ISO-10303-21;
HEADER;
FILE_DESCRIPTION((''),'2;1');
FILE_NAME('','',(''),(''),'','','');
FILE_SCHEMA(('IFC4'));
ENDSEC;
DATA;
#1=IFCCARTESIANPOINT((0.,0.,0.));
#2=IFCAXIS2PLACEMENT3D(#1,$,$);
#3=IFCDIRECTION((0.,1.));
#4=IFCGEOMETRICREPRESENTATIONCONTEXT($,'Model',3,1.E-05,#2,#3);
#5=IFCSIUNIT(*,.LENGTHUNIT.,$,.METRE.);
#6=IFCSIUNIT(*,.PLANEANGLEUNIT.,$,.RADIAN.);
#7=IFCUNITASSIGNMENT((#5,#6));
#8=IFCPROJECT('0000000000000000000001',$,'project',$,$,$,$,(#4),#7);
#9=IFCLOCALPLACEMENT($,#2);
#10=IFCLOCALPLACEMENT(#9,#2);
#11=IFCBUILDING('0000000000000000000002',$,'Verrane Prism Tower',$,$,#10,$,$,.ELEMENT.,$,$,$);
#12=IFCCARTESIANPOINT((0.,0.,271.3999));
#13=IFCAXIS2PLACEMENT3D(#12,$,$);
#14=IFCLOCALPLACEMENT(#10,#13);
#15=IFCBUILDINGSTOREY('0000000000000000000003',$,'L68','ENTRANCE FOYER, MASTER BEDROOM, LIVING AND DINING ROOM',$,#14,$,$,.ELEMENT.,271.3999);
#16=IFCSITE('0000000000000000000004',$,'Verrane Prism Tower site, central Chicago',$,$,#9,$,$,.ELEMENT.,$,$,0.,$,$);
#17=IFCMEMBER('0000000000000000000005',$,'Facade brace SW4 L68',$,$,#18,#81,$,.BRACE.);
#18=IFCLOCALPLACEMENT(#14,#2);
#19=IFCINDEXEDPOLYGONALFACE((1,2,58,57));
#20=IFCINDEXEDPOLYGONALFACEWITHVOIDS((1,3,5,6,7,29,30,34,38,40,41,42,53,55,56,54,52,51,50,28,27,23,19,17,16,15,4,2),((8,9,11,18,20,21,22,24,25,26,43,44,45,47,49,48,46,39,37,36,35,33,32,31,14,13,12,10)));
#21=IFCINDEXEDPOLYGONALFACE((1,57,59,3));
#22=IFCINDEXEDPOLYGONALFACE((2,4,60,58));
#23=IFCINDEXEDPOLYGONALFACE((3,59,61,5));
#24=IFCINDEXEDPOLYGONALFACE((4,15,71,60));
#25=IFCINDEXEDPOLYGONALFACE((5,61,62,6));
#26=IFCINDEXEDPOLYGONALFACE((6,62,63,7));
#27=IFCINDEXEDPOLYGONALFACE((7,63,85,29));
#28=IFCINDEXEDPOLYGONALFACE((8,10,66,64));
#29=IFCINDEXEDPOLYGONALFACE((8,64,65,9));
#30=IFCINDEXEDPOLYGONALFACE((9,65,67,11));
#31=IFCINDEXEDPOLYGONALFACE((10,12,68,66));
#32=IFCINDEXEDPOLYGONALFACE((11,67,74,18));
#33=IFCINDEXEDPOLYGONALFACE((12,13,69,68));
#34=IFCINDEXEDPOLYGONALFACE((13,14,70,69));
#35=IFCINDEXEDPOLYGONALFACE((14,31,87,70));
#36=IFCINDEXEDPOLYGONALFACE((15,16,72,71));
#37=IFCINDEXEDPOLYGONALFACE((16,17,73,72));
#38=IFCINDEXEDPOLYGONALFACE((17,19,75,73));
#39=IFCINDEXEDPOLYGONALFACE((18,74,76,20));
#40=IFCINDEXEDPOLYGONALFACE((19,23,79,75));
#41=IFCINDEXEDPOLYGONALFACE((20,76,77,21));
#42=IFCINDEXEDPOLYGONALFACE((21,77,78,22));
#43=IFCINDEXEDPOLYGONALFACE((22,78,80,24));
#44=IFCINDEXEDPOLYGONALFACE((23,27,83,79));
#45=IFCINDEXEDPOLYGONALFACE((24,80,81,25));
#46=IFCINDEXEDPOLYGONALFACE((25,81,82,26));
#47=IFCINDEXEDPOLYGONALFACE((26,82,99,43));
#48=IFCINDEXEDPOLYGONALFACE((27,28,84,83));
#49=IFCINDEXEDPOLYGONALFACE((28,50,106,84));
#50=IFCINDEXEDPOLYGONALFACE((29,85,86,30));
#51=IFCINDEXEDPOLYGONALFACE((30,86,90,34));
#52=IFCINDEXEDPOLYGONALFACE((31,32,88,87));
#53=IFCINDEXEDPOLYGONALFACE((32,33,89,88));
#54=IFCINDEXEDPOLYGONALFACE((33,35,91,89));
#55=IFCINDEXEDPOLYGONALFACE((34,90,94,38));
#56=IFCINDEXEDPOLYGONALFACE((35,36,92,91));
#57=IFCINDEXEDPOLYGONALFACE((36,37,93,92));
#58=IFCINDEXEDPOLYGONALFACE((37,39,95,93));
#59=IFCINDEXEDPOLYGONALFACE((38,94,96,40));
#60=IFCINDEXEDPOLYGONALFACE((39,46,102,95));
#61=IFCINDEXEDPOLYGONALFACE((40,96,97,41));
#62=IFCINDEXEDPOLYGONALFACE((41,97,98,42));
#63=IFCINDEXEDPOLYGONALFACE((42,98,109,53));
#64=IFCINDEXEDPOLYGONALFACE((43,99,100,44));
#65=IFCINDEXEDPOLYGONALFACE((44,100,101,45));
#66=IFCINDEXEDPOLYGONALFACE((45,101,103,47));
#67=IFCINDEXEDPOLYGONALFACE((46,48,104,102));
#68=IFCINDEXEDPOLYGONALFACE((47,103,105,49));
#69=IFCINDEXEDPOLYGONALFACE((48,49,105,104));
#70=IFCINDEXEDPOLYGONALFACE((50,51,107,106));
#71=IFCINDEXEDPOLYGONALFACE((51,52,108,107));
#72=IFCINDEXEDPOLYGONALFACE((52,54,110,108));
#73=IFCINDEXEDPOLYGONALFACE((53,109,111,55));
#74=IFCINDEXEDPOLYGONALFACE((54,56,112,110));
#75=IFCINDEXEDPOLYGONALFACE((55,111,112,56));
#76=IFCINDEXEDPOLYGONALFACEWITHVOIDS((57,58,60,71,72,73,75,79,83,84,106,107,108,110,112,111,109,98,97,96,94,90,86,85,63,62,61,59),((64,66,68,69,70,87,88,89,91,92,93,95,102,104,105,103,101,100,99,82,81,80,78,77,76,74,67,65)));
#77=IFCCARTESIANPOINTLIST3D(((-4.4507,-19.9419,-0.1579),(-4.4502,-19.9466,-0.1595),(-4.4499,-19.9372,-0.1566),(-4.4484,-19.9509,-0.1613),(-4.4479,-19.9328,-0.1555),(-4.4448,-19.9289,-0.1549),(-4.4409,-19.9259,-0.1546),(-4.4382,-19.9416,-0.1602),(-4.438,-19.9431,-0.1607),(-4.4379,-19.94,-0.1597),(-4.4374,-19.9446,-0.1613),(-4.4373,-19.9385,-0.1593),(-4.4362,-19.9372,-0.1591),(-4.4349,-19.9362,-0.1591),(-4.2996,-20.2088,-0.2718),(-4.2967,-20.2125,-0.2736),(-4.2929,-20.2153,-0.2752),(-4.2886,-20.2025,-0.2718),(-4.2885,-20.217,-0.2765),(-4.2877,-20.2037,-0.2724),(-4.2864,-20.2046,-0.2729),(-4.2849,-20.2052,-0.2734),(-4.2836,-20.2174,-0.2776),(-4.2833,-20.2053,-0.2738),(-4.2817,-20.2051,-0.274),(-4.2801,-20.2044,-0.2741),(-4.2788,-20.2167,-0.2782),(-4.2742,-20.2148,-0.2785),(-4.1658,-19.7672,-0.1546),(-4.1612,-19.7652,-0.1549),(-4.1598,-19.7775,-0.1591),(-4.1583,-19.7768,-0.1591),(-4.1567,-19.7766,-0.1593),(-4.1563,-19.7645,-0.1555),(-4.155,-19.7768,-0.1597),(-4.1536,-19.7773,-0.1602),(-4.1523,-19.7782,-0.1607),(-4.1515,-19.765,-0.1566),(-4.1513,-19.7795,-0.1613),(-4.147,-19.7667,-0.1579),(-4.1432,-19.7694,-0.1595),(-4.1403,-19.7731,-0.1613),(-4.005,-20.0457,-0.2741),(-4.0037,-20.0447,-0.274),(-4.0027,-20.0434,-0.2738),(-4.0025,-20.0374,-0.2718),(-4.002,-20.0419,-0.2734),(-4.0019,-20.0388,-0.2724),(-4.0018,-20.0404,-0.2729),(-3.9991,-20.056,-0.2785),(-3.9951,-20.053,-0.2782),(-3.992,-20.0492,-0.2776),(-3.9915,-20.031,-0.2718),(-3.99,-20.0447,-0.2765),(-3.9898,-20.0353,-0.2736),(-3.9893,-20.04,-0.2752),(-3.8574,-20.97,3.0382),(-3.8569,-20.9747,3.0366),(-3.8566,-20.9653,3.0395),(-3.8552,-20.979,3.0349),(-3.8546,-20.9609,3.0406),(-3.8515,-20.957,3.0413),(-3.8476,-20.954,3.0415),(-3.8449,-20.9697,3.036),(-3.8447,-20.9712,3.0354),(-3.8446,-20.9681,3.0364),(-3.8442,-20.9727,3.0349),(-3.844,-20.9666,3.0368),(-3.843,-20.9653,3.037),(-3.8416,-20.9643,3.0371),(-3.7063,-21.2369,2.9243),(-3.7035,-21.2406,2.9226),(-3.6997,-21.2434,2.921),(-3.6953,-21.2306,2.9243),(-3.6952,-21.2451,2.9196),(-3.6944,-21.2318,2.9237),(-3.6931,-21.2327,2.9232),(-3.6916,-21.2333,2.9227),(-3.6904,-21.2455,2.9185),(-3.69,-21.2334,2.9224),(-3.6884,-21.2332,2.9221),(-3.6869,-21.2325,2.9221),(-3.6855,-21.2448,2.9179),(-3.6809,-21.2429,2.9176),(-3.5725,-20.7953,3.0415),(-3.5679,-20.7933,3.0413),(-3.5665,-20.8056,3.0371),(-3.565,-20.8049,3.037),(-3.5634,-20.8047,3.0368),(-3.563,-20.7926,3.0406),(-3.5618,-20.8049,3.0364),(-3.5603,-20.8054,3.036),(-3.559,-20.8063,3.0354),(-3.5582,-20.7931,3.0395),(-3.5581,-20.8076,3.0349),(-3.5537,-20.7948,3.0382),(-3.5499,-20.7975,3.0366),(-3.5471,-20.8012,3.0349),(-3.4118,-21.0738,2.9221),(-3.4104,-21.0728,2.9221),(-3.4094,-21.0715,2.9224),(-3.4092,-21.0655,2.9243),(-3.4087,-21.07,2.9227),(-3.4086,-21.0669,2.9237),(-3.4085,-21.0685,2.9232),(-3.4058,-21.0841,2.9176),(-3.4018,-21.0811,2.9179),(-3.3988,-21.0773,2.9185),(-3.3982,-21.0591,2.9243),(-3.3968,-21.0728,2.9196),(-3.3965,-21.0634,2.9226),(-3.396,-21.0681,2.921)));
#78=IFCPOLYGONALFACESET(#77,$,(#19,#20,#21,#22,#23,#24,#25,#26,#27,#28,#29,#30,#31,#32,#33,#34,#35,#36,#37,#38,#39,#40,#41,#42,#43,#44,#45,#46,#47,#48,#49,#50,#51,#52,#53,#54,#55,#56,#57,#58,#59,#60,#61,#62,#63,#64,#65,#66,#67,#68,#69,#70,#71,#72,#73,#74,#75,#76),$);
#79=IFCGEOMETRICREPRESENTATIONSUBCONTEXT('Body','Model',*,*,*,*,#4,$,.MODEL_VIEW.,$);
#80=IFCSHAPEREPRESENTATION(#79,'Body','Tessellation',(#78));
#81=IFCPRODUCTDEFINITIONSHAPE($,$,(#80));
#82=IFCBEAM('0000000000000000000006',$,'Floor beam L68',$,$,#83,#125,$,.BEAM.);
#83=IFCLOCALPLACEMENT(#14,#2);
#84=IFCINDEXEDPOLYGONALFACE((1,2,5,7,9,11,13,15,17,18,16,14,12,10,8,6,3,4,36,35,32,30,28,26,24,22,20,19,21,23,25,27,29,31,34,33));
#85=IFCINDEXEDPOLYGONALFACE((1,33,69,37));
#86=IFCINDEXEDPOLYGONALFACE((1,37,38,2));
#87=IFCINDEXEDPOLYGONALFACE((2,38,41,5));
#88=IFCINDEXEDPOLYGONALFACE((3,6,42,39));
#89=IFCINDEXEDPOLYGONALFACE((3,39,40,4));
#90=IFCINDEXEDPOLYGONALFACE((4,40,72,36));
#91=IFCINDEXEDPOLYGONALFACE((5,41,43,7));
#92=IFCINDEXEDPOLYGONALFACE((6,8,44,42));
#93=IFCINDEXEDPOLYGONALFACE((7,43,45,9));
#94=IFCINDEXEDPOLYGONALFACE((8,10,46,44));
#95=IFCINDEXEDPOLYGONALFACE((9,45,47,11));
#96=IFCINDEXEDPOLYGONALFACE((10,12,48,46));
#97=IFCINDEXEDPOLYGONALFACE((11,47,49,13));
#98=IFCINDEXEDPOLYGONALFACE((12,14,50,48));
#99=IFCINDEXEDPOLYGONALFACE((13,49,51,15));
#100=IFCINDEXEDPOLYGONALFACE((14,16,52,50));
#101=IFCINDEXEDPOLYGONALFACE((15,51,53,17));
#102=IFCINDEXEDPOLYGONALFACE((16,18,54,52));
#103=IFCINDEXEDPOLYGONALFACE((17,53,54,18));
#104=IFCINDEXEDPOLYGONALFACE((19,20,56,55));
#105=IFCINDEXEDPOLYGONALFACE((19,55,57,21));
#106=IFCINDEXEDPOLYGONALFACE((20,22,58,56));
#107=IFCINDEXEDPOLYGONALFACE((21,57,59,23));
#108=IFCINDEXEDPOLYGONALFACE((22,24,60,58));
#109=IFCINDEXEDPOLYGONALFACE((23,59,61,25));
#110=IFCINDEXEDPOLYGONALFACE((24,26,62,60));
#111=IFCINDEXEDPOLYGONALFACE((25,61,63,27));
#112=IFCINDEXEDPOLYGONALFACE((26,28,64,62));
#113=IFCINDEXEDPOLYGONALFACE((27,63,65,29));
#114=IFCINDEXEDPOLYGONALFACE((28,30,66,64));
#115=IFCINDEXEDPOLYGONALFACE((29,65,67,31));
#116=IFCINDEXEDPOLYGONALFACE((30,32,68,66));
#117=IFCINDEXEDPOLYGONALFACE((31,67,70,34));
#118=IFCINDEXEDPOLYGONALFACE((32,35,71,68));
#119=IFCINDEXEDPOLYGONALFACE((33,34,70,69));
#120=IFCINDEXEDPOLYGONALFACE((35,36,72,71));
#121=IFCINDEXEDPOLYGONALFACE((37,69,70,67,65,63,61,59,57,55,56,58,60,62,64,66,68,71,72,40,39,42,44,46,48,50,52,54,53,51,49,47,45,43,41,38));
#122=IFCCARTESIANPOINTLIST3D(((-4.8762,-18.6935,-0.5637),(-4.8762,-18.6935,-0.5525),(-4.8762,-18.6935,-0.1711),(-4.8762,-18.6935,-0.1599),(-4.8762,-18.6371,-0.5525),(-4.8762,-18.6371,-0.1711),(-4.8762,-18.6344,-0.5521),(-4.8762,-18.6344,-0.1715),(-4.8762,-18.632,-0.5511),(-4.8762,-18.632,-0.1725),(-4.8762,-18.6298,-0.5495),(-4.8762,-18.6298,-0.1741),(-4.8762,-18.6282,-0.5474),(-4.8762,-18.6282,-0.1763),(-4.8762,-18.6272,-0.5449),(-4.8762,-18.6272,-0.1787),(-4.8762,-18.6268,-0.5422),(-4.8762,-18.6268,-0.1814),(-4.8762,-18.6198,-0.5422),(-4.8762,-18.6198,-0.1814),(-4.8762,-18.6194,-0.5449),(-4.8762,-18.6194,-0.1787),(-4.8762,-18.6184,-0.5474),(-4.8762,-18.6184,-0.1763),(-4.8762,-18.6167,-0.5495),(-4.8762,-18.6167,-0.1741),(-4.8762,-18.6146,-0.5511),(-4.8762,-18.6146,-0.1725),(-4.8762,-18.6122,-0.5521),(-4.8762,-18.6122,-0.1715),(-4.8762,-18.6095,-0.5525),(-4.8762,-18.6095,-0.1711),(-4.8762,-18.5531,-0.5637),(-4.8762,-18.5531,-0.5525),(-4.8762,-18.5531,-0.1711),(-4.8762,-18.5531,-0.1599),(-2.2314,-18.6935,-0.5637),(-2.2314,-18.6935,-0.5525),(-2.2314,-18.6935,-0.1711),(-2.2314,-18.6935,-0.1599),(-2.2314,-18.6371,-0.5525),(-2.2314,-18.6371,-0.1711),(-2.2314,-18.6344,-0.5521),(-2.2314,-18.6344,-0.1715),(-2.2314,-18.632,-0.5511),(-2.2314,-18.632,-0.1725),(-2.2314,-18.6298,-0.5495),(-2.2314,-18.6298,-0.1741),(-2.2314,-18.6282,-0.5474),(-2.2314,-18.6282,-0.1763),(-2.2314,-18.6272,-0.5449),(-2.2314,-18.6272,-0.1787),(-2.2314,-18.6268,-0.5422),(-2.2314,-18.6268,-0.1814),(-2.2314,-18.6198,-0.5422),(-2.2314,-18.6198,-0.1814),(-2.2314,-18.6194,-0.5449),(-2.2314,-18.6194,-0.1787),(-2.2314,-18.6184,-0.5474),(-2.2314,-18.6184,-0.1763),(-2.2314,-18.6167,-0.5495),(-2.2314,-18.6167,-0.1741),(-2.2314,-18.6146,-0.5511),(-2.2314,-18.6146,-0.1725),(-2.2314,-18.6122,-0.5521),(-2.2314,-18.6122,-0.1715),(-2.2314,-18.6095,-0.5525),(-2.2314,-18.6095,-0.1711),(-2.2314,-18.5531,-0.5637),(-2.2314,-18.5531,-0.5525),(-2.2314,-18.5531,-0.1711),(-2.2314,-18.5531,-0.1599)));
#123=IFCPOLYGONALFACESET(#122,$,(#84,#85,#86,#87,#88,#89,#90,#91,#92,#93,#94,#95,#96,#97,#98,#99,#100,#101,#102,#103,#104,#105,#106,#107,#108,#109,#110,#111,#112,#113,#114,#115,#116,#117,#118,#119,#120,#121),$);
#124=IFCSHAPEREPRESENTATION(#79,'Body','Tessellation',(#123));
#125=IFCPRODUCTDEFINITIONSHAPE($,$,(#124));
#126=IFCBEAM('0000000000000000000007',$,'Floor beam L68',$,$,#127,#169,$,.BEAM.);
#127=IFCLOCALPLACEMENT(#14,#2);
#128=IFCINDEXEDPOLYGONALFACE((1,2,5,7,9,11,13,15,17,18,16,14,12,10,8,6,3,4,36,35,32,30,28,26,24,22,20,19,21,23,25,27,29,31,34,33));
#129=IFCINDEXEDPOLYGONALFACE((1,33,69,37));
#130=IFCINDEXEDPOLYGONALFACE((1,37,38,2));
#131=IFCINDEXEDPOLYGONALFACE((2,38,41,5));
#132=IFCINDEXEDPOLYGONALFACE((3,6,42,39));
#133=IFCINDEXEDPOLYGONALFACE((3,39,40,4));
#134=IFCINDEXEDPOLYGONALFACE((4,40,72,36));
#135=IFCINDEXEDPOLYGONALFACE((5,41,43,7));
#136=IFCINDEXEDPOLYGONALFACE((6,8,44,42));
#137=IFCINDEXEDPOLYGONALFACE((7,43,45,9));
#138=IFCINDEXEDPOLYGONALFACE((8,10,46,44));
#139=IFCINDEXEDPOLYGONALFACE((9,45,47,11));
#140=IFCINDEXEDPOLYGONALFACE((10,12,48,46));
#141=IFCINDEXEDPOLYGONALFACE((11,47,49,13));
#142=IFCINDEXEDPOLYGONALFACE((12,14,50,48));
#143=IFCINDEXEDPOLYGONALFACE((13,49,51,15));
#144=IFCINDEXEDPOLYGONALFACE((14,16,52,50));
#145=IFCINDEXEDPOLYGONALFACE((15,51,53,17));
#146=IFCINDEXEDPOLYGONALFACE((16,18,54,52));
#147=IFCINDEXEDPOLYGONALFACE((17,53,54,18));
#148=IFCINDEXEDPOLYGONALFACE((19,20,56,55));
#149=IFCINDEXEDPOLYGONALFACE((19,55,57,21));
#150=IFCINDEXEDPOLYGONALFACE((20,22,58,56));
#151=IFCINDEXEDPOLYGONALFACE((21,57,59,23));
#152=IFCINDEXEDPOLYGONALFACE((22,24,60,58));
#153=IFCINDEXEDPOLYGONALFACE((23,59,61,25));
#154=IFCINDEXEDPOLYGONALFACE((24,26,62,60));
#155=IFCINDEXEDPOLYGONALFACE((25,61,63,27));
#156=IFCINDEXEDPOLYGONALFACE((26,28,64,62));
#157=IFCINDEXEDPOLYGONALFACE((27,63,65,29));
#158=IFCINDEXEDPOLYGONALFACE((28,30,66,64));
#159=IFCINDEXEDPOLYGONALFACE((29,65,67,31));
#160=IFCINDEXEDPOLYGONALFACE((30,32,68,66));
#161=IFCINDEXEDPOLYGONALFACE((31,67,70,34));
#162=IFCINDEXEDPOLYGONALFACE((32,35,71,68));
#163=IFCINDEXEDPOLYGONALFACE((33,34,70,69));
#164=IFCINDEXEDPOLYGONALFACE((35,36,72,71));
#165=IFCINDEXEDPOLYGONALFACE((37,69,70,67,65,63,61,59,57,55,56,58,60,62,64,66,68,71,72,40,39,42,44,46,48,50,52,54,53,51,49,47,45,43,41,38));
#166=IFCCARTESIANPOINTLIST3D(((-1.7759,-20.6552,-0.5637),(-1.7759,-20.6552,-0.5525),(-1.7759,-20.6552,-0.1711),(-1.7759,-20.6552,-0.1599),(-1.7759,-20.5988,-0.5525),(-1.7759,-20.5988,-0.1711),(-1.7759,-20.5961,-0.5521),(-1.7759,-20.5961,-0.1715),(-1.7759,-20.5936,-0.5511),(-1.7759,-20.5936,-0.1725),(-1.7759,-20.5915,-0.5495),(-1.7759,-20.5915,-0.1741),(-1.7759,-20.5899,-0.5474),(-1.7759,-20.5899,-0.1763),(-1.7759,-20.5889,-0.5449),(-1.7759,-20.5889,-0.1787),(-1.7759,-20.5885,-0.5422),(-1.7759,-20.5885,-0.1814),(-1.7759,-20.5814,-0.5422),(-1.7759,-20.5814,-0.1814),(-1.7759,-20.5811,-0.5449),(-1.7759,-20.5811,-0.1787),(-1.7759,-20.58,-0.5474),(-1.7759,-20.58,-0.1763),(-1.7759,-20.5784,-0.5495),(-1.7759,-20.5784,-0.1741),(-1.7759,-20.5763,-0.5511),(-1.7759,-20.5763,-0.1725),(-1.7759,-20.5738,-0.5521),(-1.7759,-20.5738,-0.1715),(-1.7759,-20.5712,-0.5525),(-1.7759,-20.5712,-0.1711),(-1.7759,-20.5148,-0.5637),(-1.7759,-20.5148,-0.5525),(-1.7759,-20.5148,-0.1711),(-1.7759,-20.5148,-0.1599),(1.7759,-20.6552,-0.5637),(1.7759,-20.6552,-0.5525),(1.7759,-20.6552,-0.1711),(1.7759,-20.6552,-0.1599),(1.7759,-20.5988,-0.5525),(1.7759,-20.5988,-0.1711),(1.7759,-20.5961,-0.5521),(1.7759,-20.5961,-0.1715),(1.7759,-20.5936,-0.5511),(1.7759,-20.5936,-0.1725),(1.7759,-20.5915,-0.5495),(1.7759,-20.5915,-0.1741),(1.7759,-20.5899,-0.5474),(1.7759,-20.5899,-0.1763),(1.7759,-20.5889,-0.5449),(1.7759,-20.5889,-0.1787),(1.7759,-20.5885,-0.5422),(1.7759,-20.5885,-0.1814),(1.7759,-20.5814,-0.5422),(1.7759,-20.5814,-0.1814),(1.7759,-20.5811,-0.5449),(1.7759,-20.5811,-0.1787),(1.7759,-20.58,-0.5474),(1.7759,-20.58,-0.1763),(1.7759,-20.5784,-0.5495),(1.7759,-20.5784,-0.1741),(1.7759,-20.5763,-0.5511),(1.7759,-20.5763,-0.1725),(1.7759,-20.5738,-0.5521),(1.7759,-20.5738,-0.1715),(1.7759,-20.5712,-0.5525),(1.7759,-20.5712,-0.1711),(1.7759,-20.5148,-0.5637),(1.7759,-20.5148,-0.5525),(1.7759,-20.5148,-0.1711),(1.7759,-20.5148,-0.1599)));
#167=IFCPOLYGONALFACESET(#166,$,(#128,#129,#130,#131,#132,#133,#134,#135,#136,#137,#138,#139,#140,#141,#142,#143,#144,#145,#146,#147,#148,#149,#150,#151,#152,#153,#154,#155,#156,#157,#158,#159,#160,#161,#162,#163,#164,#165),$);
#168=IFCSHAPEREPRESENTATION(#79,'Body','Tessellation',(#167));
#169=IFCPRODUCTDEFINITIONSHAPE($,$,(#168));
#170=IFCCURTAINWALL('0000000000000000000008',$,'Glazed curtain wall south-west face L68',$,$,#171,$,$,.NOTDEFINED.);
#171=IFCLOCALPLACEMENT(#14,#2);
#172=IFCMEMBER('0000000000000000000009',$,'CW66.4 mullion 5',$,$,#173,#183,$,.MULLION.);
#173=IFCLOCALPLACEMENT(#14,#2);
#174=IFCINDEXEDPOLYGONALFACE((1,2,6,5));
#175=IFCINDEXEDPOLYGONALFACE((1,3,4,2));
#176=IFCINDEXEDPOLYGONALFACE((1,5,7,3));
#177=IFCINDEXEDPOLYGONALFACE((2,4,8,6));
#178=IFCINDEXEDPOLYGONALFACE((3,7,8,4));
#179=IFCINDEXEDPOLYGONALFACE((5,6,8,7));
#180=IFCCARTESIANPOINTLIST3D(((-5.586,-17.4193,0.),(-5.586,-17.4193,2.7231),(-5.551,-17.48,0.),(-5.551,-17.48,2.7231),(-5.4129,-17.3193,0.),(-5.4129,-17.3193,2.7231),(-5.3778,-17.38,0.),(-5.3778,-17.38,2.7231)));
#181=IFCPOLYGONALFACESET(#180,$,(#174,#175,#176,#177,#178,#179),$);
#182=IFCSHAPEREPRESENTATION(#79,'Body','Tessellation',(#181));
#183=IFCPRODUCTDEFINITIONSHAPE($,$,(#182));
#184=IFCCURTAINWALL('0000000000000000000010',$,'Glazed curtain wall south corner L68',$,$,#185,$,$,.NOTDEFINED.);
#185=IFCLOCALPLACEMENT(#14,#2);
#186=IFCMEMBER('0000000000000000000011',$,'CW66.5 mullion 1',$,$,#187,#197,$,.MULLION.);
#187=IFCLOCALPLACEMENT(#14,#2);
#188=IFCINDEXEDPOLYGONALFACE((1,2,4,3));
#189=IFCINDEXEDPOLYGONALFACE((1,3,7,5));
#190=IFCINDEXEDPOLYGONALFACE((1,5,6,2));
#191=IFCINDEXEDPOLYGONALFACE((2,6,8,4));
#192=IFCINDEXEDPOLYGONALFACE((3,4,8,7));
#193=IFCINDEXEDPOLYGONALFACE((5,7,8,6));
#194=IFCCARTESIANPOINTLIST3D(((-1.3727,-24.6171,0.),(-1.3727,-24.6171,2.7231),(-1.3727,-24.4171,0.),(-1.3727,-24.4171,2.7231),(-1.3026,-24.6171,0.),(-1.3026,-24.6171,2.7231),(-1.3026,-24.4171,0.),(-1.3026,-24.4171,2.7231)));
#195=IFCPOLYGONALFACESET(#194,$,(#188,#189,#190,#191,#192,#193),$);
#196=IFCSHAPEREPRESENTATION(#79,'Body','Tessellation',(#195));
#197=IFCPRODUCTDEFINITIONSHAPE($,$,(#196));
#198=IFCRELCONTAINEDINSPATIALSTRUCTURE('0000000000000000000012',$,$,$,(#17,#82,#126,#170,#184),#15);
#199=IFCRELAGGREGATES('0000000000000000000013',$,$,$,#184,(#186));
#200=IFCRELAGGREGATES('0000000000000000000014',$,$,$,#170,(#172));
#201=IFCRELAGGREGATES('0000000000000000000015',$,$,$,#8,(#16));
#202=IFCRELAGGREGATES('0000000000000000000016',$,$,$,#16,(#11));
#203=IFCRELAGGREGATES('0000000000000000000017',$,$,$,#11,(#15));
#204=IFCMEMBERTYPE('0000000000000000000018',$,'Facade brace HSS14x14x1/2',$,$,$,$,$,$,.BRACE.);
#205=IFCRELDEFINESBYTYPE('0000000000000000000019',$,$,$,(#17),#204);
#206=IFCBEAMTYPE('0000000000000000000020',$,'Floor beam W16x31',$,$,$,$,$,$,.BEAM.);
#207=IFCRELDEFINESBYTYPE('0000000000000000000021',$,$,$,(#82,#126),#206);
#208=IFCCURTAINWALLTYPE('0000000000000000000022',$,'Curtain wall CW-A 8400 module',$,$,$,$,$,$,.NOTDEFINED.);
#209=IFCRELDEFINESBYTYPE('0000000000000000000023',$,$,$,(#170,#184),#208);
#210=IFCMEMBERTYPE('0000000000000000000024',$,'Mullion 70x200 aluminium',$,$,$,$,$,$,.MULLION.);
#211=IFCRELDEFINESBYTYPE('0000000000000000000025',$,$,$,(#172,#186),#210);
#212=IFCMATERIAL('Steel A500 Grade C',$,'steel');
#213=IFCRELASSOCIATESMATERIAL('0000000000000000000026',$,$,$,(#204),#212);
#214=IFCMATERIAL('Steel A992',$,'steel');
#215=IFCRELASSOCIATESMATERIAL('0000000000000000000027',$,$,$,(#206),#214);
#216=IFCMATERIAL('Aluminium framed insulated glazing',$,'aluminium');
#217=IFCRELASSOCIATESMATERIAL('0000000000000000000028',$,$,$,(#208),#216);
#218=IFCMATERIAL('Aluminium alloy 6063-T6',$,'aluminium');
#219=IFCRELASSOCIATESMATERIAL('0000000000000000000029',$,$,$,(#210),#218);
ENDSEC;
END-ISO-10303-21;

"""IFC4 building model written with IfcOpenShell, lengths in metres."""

from ifc_helpers import new_model, si_unit, direction, frame, origin, origin_2d, place, context, subcontext, project, spatial, rectangle, hollow_rectangle, i_section, extrude, material, material_profile, profile_set, type_object, element, aggregate, save


model = new_model("IFC4")

# Units and contexts
model_context = context("Model", 3, precision=1e-05, world=origin(), true_north=direction((0.0, 1.0)))
body_context = subcontext(model_context, "Body", "Model", "MODEL_VIEW")
ifc_project = project(units=[si_unit("LENGTHUNIT", "METRE"), si_unit("PLANEANGLEUNIT", "RADIAN")], contexts=[model_context])

# Site, building, storey
site_placement = place(None, origin())
site = spatial("IfcSite", under=ifc_project, at=site_placement, Name="Verrane Prism Tower site, central Chicago", CompositionType="ELEMENT", RefElevation=0.0)
building_placement = place(site_placement, origin())
building = spatial("IfcBuilding", under=site, at=building_placement, Name="Verrane Prism Tower", CompositionType="ELEMENT")
storey_placement = place(building_placement, frame((0.0, 0.0, 271.3999)))
storey = spatial("IfcBuildingStorey", under=building, at=storey_placement, Name="L68", Description="ENTRANCE FOYER, MASTER BEDROOM, LIVING AND DINING ROOM", CompositionType="ELEMENT", Elevation=271.3999)

# Member
ifc_material_1 = material(Name="Steel A500 Grade C", Category="steel")
ifc_material_profile_1 = material_profile(ifc_material_1, hollow_rectangle(XDim=0.3557, YDim=0.3557, WallThickness=0.0127, InnerFilletRadius=0.0063, OuterFilletRadius=0.019, at=origin_2d()), Name="HSS14x14x1/2")
ifc_profile_set_1 = profile_set([ifc_material_profile_1], Name="Steel A500 Grade C")
member_type_1 = type_object("IfcMemberType", Name="Facade brace HSS14x14x1/2", PredefinedType="BRACE", material=ifc_profile_set_1)
member_1_placement = place(storey_placement, frame((-4.22, -19.991, -0.2166), z_axis=(0.174011, -0.301547, 0.937438), x_axis=(0.866134, 0.499811, 0.0)))
element("IfcMember", 1, at=member_1_placement, inside=storey, type_object=member_type_1, Name="Facade brace SW4 L68", PredefinedType="BRACE", context=body_context, shape_type="SweptSolid", body=[
    extrude(hollow_rectangle(XDim=0.3557, YDim=0.3557, WallThickness=0.0127, InnerFilletRadius=0.0063, OuterFilletRadius=0.019, at=origin_2d()), origin(), (0.0, 0.0, 1.0), 3.4094),
])

# Beams
ifc_material_2 = material(Name="Steel A992", Category="steel")
ifc_material_profile_2 = material_profile(ifc_material_2, i_section(OverallWidth=0.1404, OverallDepth=0.4038, WebThickness=0.0071, FlangeThickness=0.0112, FilletRadius=0.0103, at=origin_2d()), Name="W16x31")
ifc_profile_set_2 = profile_set([ifc_material_profile_2], Name="Steel A992")
beam_type_1 = type_object("IfcBeamType", Name="Floor beam W16x31", PredefinedType="BEAM", material=ifc_profile_set_2)
beam_1_placement = place(storey_placement, frame((-4.8762, -18.6233, -0.3618), z_axis=(1.0, 0.0, 0.0), x_axis=(0.0, 1.0, 0.0)))
element("IfcBeam", 2, at=beam_1_placement, inside=storey, type_object=beam_type_1, Name="Floor beam L68", PredefinedType="BEAM", context=body_context, shape_type="SweptSolid", body=[
    extrude(i_section(OverallWidth=0.1404, OverallDepth=0.4038, WebThickness=0.0071, FlangeThickness=0.0112, FilletRadius=0.0103, at=origin_2d()), origin(), (0.0, 0.0, 1.0), 2.6448),
])
beam_2_placement = place(storey_placement, frame((-1.7759, -20.585, -0.3618), z_axis=(1.0, 0.0, 0.0), x_axis=(0.0, 1.0, 0.0)))
element("IfcBeam", 3, at=beam_2_placement, inside=storey, type_object=beam_type_1, Name="Floor beam L68", PredefinedType="BEAM", context=body_context, shape_type="SweptSolid", body=[
    extrude(i_section(OverallWidth=0.1404, OverallDepth=0.4038, WebThickness=0.0071, FlangeThickness=0.0112, FilletRadius=0.0103, at=origin_2d()), origin(), (0.0, 0.0, 1.0), 3.5518),
])

# Curtain walls, members
ifc_material_3 = material(Name="Aluminium framed insulated glazing", Category="aluminium")
curtain_wall_type = type_object("IfcCurtainWallType", Name="Curtain wall CW-A 8400 module", PredefinedType="NOTDEFINED", material=ifc_material_3)
curtain_wall_1_placement = place(storey_placement, origin())
curtain_wall_1 = element("IfcCurtainWall", 4, at=curtain_wall_1_placement, inside=storey, type_object=curtain_wall_type, Name="Glazed curtain wall south-west face L68", PredefinedType="NOTDEFINED")
ifc_material_4 = material(Name="Aluminium alloy 6063-T6", Category="aluminium")
ifc_material_profile_3 = material_profile(ifc_material_4, rectangle(XDim=0.2, YDim=0.0701, at=origin_2d()), Name="Mullion 70x200 aluminium")
ifc_profile_set_3 = profile_set([ifc_material_profile_3], Name="Aluminium alloy 6063-T6")
member_type_2 = type_object("IfcMemberType", Name="Mullion 70x200 aluminium", PredefinedType="MULLION", material=ifc_profile_set_3)
member_2_placement = place(storey_placement, frame((-5.4819, -17.3997, 0.0), z_axis=(0.0, 0.0, 1.0), x_axis=(0.866025, 0.500001, 0.0)))
member_2 = element("IfcMember", 5, at=member_2_placement, type_object=member_type_2, Name="CW66.4 mullion 5", PredefinedType="MULLION", context=body_context, shape_type="SweptSolid", body=[
    extrude(rectangle(XDim=0.2, YDim=0.0701, at=origin_2d()), origin(), (0.0, 0.0, 1.0), 2.7231),
])
curtain_wall_2_placement = place(storey_placement, origin())
curtain_wall_2 = element("IfcCurtainWall", 6, at=curtain_wall_2_placement, inside=storey, type_object=curtain_wall_type, Name="Glazed curtain wall south corner L68", PredefinedType="NOTDEFINED")
member_3_placement = place(storey_placement, frame((-1.3376, -24.5171, 0.0), z_axis=(0.0, 0.0, 1.0), x_axis=(0.0, 1.0, 0.0)))
member_3 = element("IfcMember", 7, at=member_3_placement, type_object=member_type_2, Name="CW66.5 mullion 1", PredefinedType="MULLION", context=body_context, shape_type="SweptSolid", body=[
    extrude(rectangle(XDim=0.2, YDim=0.0701, at=origin_2d()), origin(), (0.0, 0.0, 1.0), 2.7231),
])

aggregate(curtain_wall_2, [member_3])

aggregate(curtain_wall_1, [member_2])

save(model, "model.ifc")
